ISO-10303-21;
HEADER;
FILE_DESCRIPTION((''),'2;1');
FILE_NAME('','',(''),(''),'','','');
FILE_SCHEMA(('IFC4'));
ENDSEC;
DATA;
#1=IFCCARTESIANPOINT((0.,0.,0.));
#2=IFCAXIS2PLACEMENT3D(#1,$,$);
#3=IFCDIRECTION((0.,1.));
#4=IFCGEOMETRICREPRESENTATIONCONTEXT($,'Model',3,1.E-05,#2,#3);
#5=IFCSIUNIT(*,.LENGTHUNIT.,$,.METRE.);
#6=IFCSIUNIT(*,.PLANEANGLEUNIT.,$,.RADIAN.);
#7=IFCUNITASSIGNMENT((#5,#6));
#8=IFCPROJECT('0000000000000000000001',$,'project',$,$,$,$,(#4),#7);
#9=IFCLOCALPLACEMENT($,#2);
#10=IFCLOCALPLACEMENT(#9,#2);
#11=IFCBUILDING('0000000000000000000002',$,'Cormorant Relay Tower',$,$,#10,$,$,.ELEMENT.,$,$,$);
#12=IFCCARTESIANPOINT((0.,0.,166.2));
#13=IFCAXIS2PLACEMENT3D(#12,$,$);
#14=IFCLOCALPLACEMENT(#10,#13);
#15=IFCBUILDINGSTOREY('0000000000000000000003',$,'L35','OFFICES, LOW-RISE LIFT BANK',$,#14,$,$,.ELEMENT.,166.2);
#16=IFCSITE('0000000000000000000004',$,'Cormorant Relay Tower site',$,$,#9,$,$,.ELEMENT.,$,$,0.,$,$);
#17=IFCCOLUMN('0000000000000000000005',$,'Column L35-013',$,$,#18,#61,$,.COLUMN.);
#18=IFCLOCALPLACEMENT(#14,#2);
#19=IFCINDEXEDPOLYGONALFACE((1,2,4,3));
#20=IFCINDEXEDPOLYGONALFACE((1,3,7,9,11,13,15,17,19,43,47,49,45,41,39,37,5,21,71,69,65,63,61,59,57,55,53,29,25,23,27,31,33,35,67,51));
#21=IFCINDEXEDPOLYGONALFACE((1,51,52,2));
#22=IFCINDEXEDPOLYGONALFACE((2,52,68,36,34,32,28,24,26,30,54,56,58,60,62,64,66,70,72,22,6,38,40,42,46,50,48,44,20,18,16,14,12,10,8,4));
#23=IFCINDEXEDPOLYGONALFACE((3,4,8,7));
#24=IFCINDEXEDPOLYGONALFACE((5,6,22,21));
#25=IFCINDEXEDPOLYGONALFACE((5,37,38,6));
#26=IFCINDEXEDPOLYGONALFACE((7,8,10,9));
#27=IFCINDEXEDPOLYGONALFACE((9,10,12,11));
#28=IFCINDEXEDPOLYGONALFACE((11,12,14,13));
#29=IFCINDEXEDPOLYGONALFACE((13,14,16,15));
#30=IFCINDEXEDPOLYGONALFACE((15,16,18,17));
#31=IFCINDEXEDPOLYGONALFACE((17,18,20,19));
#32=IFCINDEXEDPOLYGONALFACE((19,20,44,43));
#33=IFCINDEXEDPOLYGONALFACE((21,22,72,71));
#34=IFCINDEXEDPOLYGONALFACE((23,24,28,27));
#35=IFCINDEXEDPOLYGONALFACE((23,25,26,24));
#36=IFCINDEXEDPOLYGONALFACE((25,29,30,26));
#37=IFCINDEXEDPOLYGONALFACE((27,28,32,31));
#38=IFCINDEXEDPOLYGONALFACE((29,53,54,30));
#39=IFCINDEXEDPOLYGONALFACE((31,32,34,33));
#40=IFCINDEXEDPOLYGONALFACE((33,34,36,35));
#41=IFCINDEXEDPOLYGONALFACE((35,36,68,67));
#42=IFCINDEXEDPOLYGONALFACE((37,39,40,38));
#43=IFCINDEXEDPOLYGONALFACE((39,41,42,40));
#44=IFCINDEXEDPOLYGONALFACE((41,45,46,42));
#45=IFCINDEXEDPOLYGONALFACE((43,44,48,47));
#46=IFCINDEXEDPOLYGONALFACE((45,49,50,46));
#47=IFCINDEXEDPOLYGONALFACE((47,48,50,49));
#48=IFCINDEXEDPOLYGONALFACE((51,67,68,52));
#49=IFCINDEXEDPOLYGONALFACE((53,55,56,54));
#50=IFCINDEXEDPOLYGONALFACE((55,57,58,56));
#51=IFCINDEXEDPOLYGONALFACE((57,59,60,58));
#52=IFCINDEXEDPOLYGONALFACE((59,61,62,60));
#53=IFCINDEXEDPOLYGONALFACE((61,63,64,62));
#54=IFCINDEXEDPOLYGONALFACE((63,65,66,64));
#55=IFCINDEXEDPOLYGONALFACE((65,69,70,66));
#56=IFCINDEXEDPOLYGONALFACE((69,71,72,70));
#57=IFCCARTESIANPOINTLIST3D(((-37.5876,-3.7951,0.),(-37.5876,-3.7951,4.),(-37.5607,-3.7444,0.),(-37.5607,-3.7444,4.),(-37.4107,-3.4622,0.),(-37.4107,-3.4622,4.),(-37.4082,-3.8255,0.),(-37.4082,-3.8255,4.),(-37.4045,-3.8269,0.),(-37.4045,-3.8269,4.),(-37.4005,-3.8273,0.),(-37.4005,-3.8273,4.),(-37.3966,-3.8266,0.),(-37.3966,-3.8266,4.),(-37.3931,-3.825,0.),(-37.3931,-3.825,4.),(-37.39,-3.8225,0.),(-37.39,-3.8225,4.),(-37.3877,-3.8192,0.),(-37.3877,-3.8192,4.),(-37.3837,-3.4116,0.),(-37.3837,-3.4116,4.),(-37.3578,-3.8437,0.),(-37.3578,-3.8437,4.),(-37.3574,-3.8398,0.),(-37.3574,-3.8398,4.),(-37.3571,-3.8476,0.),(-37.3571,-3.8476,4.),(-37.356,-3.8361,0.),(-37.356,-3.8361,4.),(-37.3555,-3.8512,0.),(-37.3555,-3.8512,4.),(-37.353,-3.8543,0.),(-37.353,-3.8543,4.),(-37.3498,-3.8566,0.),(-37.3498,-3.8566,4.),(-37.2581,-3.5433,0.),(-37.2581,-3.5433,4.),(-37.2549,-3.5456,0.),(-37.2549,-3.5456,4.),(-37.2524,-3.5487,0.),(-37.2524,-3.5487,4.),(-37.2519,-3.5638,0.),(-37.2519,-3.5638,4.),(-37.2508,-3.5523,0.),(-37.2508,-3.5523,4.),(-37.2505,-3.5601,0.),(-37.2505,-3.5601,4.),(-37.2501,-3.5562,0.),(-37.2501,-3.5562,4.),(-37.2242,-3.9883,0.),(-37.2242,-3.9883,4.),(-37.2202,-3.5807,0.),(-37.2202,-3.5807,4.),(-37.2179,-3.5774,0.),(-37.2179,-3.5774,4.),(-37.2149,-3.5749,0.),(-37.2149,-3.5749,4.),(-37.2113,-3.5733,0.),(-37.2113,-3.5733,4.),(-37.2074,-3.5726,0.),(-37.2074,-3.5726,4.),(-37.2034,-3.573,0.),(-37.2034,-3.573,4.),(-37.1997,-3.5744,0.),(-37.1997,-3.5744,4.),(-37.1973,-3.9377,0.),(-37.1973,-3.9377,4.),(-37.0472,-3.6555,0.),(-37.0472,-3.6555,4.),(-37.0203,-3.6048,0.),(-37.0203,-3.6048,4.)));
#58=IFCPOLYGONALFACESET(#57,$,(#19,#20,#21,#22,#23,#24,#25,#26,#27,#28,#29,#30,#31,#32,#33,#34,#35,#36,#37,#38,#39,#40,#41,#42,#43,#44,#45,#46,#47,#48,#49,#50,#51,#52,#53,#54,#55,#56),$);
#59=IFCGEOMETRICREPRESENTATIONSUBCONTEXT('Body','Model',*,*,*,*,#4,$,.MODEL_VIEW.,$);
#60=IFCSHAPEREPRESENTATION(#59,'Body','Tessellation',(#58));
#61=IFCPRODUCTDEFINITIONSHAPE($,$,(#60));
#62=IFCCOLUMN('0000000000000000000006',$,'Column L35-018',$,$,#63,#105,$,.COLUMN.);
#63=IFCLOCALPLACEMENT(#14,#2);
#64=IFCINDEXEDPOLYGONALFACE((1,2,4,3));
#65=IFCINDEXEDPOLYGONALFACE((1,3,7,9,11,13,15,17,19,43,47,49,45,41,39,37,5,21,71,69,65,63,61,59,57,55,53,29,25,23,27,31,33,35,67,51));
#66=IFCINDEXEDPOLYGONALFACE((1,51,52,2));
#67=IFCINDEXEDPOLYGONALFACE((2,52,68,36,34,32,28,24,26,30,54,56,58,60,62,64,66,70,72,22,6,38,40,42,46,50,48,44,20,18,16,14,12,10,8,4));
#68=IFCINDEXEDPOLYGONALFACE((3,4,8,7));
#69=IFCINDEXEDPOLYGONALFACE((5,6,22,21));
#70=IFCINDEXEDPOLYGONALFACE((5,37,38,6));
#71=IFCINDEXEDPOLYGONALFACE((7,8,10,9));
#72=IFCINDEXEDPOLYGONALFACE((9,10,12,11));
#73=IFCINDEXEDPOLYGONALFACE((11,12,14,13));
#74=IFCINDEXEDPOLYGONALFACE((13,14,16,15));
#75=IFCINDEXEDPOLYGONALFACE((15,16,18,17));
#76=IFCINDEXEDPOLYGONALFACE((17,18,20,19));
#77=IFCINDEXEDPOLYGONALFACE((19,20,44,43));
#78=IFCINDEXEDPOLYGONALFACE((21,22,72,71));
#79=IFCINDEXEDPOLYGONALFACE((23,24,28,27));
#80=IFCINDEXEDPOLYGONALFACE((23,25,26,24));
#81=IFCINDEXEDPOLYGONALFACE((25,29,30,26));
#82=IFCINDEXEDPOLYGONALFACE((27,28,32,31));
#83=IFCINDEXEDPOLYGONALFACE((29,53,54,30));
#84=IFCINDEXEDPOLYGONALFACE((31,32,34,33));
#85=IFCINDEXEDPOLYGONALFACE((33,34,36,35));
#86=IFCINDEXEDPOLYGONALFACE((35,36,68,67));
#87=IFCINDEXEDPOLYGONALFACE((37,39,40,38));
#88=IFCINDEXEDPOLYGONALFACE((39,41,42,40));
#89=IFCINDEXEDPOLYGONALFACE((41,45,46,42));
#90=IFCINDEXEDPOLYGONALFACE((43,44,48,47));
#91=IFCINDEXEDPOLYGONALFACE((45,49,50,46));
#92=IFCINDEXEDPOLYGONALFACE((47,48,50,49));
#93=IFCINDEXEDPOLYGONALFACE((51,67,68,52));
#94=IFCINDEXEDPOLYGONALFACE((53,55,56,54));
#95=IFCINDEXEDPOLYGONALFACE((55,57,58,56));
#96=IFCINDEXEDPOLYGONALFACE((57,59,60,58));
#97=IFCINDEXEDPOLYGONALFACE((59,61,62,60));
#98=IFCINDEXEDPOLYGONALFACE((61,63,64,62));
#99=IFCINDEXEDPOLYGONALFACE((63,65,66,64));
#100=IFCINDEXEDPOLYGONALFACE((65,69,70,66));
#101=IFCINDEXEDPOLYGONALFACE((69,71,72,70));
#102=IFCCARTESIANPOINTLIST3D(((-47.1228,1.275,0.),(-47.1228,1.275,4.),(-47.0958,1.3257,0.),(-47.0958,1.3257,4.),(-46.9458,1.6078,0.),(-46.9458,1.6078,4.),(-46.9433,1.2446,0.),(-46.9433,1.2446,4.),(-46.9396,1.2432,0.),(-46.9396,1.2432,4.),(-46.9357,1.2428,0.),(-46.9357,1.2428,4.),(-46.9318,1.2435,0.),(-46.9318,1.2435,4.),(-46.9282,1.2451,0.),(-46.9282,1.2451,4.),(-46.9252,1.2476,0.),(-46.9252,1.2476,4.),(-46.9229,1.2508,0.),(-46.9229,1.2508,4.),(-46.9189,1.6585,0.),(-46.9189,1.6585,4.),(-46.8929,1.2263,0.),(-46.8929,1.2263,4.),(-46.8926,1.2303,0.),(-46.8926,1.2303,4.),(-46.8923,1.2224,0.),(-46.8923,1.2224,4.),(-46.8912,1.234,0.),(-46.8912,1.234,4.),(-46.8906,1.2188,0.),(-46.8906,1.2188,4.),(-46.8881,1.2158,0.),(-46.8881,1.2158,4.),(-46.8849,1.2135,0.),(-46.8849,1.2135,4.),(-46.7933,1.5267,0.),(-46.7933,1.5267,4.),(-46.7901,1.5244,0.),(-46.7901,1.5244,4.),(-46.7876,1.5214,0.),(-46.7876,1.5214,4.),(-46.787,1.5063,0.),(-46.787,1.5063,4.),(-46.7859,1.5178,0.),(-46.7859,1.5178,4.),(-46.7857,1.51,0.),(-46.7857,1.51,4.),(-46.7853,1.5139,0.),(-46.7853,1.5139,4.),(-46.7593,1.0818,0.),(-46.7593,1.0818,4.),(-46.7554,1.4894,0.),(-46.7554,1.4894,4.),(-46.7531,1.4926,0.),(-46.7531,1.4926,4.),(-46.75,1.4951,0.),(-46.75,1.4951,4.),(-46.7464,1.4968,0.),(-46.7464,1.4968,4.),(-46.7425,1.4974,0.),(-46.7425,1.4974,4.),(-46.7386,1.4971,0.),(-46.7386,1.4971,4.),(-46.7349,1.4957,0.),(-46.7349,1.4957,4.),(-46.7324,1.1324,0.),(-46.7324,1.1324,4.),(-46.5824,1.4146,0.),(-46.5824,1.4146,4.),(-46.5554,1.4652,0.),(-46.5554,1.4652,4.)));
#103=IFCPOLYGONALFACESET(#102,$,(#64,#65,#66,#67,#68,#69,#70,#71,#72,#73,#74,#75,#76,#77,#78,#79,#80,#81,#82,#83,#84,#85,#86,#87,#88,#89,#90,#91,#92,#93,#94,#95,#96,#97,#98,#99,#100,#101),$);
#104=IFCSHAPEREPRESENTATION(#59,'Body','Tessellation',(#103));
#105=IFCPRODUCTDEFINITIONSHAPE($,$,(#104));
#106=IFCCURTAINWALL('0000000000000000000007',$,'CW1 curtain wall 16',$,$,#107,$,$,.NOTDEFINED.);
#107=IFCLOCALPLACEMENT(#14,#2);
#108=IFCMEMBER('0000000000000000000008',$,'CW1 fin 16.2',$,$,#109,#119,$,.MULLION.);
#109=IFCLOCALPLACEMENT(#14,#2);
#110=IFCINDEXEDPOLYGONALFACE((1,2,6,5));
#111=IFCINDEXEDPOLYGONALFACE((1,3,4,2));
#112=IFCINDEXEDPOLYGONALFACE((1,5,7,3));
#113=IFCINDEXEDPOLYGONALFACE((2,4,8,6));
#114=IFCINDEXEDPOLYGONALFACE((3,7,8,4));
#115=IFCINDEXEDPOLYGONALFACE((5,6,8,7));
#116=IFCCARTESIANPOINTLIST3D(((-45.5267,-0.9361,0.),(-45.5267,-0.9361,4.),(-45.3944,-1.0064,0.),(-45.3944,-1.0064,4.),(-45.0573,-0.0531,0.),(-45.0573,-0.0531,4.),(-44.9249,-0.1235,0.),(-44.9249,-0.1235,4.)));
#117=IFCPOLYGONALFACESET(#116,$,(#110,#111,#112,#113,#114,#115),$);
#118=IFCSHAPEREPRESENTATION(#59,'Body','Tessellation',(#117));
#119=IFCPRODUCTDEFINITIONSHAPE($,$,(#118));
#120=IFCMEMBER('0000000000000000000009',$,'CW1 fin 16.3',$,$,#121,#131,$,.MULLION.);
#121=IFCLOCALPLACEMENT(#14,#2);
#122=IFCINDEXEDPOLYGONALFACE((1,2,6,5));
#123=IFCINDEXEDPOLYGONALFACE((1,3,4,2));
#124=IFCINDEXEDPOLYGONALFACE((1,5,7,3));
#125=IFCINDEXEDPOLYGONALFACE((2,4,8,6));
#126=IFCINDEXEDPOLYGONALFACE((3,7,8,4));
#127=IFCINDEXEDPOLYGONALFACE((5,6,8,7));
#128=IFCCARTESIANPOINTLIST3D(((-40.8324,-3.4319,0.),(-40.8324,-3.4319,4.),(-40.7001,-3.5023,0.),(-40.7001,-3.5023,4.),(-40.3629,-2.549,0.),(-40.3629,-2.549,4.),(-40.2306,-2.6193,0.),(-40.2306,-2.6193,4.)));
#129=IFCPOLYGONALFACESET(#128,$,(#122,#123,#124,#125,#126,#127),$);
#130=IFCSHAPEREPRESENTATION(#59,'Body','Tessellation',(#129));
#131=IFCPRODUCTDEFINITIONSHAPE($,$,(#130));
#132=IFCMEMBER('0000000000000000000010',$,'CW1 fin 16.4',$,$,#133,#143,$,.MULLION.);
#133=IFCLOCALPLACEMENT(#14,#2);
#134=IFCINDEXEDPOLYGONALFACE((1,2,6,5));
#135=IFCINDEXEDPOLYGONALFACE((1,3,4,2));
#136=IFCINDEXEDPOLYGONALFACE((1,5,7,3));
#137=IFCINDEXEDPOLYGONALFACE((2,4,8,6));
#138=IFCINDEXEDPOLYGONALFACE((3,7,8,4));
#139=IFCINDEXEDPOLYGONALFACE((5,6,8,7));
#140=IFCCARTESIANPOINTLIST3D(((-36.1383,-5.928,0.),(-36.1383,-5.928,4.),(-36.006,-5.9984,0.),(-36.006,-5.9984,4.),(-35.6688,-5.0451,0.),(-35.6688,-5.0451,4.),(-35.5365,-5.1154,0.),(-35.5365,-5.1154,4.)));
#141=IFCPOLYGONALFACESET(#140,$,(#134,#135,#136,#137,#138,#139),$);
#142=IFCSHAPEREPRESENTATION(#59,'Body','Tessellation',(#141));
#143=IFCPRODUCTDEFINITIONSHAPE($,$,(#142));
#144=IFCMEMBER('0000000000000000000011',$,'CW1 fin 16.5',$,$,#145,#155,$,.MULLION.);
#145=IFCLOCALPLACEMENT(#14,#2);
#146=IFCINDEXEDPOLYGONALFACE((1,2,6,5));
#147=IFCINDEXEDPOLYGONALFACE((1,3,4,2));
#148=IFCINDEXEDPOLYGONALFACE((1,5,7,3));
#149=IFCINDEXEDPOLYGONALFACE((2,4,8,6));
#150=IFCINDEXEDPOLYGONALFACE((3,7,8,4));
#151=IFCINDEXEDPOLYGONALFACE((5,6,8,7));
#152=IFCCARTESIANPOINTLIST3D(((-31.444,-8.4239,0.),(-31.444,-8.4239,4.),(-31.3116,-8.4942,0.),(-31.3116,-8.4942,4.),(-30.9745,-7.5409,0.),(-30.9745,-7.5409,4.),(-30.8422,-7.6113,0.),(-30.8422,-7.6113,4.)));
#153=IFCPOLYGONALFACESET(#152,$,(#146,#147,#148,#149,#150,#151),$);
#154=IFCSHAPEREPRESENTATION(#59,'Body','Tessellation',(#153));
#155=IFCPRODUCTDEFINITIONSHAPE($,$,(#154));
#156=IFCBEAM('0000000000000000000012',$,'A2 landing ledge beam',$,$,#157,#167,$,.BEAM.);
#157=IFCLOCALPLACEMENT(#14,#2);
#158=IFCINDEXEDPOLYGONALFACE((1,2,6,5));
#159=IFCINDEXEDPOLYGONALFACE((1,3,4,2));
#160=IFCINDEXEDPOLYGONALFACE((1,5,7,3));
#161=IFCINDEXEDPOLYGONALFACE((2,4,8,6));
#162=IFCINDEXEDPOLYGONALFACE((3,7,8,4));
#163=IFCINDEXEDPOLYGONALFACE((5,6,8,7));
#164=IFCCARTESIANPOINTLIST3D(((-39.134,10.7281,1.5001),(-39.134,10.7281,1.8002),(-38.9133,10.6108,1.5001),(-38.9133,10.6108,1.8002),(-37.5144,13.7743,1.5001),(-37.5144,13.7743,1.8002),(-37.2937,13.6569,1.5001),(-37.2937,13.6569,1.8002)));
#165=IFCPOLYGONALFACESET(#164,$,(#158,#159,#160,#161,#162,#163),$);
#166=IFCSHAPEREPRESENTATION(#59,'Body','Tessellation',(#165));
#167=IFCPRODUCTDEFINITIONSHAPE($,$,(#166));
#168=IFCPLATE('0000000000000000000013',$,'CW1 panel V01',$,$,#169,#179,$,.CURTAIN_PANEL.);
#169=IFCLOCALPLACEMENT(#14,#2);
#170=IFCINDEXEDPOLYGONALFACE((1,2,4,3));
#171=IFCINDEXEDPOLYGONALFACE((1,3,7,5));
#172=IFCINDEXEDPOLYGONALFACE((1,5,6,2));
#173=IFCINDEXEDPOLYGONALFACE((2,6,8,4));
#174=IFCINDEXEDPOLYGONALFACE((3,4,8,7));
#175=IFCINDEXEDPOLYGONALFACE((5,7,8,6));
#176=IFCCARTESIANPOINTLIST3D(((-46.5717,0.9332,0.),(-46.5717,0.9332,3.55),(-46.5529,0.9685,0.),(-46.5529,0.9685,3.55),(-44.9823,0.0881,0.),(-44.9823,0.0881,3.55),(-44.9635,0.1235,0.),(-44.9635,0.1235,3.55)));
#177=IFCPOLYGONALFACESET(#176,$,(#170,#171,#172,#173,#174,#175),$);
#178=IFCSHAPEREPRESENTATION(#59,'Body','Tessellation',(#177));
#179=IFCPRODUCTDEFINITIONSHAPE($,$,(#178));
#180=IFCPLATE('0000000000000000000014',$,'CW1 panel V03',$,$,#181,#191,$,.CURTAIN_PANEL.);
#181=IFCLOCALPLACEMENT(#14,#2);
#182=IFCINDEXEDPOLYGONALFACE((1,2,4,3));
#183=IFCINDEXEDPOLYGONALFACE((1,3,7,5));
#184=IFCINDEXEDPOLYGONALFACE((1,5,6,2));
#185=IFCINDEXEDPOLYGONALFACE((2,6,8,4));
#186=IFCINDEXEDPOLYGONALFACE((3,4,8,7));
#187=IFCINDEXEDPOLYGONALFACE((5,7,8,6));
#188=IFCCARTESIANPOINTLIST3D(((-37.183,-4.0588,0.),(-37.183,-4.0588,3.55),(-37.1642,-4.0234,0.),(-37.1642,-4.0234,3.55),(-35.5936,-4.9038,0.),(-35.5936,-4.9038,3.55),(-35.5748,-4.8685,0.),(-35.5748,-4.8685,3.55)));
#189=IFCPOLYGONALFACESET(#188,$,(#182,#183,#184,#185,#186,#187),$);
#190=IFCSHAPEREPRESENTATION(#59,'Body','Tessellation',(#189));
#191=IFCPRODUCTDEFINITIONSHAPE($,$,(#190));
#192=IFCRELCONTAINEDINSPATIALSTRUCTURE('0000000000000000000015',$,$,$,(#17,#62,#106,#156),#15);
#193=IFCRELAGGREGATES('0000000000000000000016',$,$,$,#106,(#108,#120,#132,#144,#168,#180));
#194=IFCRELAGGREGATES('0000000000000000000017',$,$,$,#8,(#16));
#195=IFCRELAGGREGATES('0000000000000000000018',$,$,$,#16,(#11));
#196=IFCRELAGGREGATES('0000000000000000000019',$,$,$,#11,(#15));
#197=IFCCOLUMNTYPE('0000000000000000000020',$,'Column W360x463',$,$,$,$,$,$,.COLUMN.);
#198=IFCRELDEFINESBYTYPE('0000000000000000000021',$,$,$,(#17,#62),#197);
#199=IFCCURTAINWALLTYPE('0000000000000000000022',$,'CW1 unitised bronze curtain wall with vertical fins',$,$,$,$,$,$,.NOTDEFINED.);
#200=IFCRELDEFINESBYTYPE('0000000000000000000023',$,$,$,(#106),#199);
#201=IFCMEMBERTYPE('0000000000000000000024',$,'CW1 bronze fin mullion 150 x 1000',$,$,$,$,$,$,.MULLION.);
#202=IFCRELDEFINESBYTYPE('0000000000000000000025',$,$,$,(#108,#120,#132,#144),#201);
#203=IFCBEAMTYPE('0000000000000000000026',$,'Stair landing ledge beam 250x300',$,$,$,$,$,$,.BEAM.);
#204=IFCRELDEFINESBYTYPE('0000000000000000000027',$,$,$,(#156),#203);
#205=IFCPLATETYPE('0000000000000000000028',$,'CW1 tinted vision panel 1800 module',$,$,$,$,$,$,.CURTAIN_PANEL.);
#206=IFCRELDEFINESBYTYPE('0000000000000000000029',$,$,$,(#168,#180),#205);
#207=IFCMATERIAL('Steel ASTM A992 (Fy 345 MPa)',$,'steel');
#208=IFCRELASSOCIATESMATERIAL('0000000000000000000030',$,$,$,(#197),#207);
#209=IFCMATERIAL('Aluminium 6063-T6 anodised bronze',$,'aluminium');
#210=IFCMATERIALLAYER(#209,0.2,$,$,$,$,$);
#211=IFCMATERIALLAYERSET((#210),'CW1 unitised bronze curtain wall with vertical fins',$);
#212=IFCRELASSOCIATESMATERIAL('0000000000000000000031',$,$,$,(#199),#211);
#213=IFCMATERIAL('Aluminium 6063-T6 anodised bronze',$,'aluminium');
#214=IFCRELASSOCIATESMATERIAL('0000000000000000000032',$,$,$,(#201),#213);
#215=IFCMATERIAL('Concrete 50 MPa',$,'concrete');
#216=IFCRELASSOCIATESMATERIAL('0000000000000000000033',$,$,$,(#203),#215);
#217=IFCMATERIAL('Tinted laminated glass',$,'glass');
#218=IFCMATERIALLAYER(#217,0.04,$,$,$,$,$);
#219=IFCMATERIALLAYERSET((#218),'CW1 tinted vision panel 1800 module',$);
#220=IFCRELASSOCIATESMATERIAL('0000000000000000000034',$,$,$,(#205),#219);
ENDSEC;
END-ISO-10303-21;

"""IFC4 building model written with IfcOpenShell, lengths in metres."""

from ifc_helpers import new_model, si_unit, direction, frame, origin, origin_2d, place, context, subcontext, project, spatial, rectangle, i_section, extrude, material, layer, layer_set, material_profile, profile_set, type_object, element, aggregate, save


model = new_model("IFC4")

# Units and contexts
model_context = context("Model", 3, precision=1e-05, world=origin(), true_north=direction((0.0, 1.0)))
body_context = subcontext(model_context, "Body", "Model", "MODEL_VIEW")
ifc_project = project(units=[si_unit("LENGTHUNIT", "METRE"), si_unit("PLANEANGLEUNIT", "RADIAN")], contexts=[model_context])

# Site, building, storey
site_placement = place(None, origin())
site = spatial("IfcSite", under=ifc_project, at=site_placement, Name="Cormorant Relay Tower site", CompositionType="ELEMENT", RefElevation=0.0)
building_placement = place(site_placement, origin())
building = spatial("IfcBuilding", under=site, at=building_placement, Name="Cormorant Relay Tower", CompositionType="ELEMENT")
storey_placement = place(building_placement, frame((0.0, 0.0, 166.2)))
storey = spatial("IfcBuildingStorey", under=building, at=storey_placement, Name="L35", Description="OFFICES, LOW-RISE LIFT BANK", CompositionType="ELEMENT", Elevation=166.2)

# Columns
ifc_material_1 = material(Name="Steel ASTM A992 (Fy 345 MPa)", Category="steel")
ifc_material_profile_1 = material_profile(ifc_material_1, i_section(OverallWidth=0.4116, OverallDepth=0.4343, WebThickness=0.0359, FlangeThickness=0.0574, FilletRadius=0.0151, at=origin_2d()), Name="W360x463")
ifc_profile_set_1 = profile_set([ifc_material_profile_1], Name="Steel ASTM A992 (Fy 345 MPa)")
column_type = type_object("IfcColumnType", Name="Column W360x463", PredefinedType="COLUMN", material=ifc_profile_set_1)
for number, where, z_axis, x_axis, name in (
    (1, (-37.304, -3.7, 0.0), (0.0, 0.0, 1.0), (0.882948, -0.469472, 0.0), "Column L35-013"),
    (2, (-46.8391, 1.3701, 0.0), (0.0, 0.0, 1.0), (0.882948, -0.469472, 0.0), "Column L35-018"),
):
    element("IfcColumn", number, at=place(storey_placement, frame(where, z_axis=z_axis, x_axis=x_axis)), inside=storey, type_object=column_type, Name=name, PredefinedType="COLUMN", context=body_context, shape_type="SweptSolid", body=[
        extrude(i_section(OverallWidth=0.4116, OverallDepth=0.4343, WebThickness=0.0359, FlangeThickness=0.0574, FilletRadius=0.0151, at=origin_2d()), origin(), (0.0, 0.0, 1.0), 4.0),
    ])

# Curtain wall, members
ifc_material_2 = material(Name="Aluminium 6063-T6 anodised bronze", Category="aluminium")
ifc_layer_1 = layer(ifc_material_2, 0.2)
ifc_layer_set_1 = layer_set([ifc_layer_1], Name="CW1 unitised bronze curtain wall with vertical fins")
curtain_wall_type = type_object("IfcCurtainWallType", Name="CW1 unitised bronze curtain wall with vertical fins", PredefinedType="NOTDEFINED", material=ifc_layer_set_1)
curtain_wall_placement = place(storey_placement, origin())
curtain_wall = element("IfcCurtainWall", 3, at=curtain_wall_placement, inside=storey, type_object=curtain_wall_type, Name="CW1 curtain wall 16", PredefinedType="NOTDEFINED")
ifc_material_3 = material(Name="Aluminium 6063-T6 anodised bronze", Category="aluminium")
ifc_material_profile_2 = material_profile(ifc_material_3, rectangle(XDim=0.1499, YDim=1.0, at=origin_2d()), Name="AL 150x1000")
ifc_profile_set_2 = profile_set([ifc_material_profile_2], Name="Aluminium 6063-T6 anodised bronze")
member_type = type_object("IfcMemberType", Name="CW1 bronze fin mullion 150 x 1000", PredefinedType="MULLION", material=ifc_profile_set_2)
member_1_placement = place(storey_placement, frame((-45.2258, -0.5298, 0.0), z_axis=(0.0, 0.0, 1.0), x_axis=(0.882948, -0.469472, 0.0)))
member_1 = element("IfcMember", 4, at=member_1_placement, type_object=member_type, Name="CW1 fin 16.2", PredefinedType="MULLION", context=body_context, shape_type="SweptSolid", body=[
    extrude(rectangle(XDim=0.1499, YDim=1.0, at=origin_2d()), origin(), (0.0, 0.0, 1.0), 4.0),
])
member_2_placement = place(storey_placement, frame((-40.5315, -3.0256, 0.0), z_axis=(0.0, 0.0, 1.0), x_axis=(0.882948, -0.469472, 0.0)))
member_2 = element("IfcMember", 5, at=member_2_placement, type_object=member_type, Name="CW1 fin 16.3", PredefinedType="MULLION", context=body_context, shape_type="SweptSolid", body=[
    extrude(rectangle(XDim=0.1499, YDim=1.0, at=origin_2d()), origin(), (0.0, 0.0, 1.0), 4.0),
])
member_3_placement = place(storey_placement, frame((-35.8374, -5.5217, 0.0), z_axis=(0.0, 0.0, 1.0), x_axis=(0.882948, -0.469472, 0.0)))
member_3 = element("IfcMember", 6, at=member_3_placement, type_object=member_type, Name="CW1 fin 16.4", PredefinedType="MULLION", context=body_context, shape_type="SweptSolid", body=[
    extrude(rectangle(XDim=0.1499, YDim=1.0, at=origin_2d()), origin(), (0.0, 0.0, 1.0), 4.0),
])
member_4_placement = place(storey_placement, frame((-31.1431, -8.0176, 0.0), z_axis=(0.0, 0.0, 1.0), x_axis=(0.882948, -0.469472, 0.0)))
member_4 = element("IfcMember", 7, at=member_4_placement, type_object=member_type, Name="CW1 fin 16.5", PredefinedType="MULLION", context=body_context, shape_type="SweptSolid", body=[
    extrude(rectangle(XDim=0.1499, YDim=1.0, at=origin_2d()), origin(), (0.0, 0.0, 1.0), 4.0),
])

# Beam
ifc_material_4 = material(Name="Concrete 50 MPa", Category="concrete")
ifc_material_profile_3 = material_profile(ifc_material_4, rectangle(XDim=0.25, YDim=0.3, at=origin_2d()), Name="RC 250x300")
ifc_profile_set_3 = profile_set([ifc_material_profile_3], Name="Concrete 50 MPa")
beam_type = type_object("IfcBeamType", Name="Stair landing ledge beam 250x300", PredefinedType="BEAM", material=ifc_profile_set_3)
beam_placement = place(storey_placement, frame((-37.4041, 13.7156, 1.6501), z_axis=(-0.469464, -0.882952, 0.0), x_axis=(0.882952, -0.469464, 0.0)))
element("IfcBeam", 8, at=beam_placement, inside=storey, type_object=beam_type, Name="A2 landing ledge beam", PredefinedType="BEAM", context=body_context, shape_type="SweptSolid", body=[
    extrude(rectangle(XDim=0.25, YDim=0.3, at=origin_2d()), origin(), (0.0, 0.0, 1.0), 3.45),
])

# Plates
ifc_material_5 = material(Name="Tinted laminated glass", Category="glass")
ifc_layer_2 = layer(ifc_material_5, 0.04)
ifc_layer_set_2 = layer_set([ifc_layer_2], Name="CW1 tinted vision panel 1800 module")
plate_type_1 = type_object("IfcPlateType", Name="CW1 tinted vision panel 1800 module", PredefinedType="CURTAIN_PANEL", material=ifc_layer_set_2)
plate_1_placement = place(storey_placement, frame((-45.7676, 0.5283, 0.0), z_axis=(0.0, 0.0, 1.0), x_axis=(0.882948, -0.469472, 0.0)))
plate_1 = element("IfcPlate", 9, at=plate_1_placement, type_object=plate_type_1, Name="CW1 panel V01", PredefinedType="CURTAIN_PANEL", context=body_context, shape_type="SweptSolid", body=[
    extrude(rectangle(XDim=1.8, YDim=0.04, at=origin_2d()), origin(), (0.0, 0.0, 1.0), 3.55),
])
plate_2_placement = place(storey_placement, frame((-36.3789, -4.4636, 0.0), z_axis=(0.0, 0.0, 1.0), x_axis=(0.882948, -0.469472, 0.0)))
plate_2 = element("IfcPlate", 10, at=plate_2_placement, type_object=plate_type_1, Name="CW1 panel V03", PredefinedType="CURTAIN_PANEL", context=body_context, shape_type="SweptSolid", body=[
    extrude(rectangle(XDim=1.8, YDim=0.04, at=origin_2d()), origin(), (0.0, 0.0, 1.0), 3.55),
])

aggregate(curtain_wall, [member_1, member_2, member_3, member_4, plate_1, plate_2])

save(model, "model.ifc")
